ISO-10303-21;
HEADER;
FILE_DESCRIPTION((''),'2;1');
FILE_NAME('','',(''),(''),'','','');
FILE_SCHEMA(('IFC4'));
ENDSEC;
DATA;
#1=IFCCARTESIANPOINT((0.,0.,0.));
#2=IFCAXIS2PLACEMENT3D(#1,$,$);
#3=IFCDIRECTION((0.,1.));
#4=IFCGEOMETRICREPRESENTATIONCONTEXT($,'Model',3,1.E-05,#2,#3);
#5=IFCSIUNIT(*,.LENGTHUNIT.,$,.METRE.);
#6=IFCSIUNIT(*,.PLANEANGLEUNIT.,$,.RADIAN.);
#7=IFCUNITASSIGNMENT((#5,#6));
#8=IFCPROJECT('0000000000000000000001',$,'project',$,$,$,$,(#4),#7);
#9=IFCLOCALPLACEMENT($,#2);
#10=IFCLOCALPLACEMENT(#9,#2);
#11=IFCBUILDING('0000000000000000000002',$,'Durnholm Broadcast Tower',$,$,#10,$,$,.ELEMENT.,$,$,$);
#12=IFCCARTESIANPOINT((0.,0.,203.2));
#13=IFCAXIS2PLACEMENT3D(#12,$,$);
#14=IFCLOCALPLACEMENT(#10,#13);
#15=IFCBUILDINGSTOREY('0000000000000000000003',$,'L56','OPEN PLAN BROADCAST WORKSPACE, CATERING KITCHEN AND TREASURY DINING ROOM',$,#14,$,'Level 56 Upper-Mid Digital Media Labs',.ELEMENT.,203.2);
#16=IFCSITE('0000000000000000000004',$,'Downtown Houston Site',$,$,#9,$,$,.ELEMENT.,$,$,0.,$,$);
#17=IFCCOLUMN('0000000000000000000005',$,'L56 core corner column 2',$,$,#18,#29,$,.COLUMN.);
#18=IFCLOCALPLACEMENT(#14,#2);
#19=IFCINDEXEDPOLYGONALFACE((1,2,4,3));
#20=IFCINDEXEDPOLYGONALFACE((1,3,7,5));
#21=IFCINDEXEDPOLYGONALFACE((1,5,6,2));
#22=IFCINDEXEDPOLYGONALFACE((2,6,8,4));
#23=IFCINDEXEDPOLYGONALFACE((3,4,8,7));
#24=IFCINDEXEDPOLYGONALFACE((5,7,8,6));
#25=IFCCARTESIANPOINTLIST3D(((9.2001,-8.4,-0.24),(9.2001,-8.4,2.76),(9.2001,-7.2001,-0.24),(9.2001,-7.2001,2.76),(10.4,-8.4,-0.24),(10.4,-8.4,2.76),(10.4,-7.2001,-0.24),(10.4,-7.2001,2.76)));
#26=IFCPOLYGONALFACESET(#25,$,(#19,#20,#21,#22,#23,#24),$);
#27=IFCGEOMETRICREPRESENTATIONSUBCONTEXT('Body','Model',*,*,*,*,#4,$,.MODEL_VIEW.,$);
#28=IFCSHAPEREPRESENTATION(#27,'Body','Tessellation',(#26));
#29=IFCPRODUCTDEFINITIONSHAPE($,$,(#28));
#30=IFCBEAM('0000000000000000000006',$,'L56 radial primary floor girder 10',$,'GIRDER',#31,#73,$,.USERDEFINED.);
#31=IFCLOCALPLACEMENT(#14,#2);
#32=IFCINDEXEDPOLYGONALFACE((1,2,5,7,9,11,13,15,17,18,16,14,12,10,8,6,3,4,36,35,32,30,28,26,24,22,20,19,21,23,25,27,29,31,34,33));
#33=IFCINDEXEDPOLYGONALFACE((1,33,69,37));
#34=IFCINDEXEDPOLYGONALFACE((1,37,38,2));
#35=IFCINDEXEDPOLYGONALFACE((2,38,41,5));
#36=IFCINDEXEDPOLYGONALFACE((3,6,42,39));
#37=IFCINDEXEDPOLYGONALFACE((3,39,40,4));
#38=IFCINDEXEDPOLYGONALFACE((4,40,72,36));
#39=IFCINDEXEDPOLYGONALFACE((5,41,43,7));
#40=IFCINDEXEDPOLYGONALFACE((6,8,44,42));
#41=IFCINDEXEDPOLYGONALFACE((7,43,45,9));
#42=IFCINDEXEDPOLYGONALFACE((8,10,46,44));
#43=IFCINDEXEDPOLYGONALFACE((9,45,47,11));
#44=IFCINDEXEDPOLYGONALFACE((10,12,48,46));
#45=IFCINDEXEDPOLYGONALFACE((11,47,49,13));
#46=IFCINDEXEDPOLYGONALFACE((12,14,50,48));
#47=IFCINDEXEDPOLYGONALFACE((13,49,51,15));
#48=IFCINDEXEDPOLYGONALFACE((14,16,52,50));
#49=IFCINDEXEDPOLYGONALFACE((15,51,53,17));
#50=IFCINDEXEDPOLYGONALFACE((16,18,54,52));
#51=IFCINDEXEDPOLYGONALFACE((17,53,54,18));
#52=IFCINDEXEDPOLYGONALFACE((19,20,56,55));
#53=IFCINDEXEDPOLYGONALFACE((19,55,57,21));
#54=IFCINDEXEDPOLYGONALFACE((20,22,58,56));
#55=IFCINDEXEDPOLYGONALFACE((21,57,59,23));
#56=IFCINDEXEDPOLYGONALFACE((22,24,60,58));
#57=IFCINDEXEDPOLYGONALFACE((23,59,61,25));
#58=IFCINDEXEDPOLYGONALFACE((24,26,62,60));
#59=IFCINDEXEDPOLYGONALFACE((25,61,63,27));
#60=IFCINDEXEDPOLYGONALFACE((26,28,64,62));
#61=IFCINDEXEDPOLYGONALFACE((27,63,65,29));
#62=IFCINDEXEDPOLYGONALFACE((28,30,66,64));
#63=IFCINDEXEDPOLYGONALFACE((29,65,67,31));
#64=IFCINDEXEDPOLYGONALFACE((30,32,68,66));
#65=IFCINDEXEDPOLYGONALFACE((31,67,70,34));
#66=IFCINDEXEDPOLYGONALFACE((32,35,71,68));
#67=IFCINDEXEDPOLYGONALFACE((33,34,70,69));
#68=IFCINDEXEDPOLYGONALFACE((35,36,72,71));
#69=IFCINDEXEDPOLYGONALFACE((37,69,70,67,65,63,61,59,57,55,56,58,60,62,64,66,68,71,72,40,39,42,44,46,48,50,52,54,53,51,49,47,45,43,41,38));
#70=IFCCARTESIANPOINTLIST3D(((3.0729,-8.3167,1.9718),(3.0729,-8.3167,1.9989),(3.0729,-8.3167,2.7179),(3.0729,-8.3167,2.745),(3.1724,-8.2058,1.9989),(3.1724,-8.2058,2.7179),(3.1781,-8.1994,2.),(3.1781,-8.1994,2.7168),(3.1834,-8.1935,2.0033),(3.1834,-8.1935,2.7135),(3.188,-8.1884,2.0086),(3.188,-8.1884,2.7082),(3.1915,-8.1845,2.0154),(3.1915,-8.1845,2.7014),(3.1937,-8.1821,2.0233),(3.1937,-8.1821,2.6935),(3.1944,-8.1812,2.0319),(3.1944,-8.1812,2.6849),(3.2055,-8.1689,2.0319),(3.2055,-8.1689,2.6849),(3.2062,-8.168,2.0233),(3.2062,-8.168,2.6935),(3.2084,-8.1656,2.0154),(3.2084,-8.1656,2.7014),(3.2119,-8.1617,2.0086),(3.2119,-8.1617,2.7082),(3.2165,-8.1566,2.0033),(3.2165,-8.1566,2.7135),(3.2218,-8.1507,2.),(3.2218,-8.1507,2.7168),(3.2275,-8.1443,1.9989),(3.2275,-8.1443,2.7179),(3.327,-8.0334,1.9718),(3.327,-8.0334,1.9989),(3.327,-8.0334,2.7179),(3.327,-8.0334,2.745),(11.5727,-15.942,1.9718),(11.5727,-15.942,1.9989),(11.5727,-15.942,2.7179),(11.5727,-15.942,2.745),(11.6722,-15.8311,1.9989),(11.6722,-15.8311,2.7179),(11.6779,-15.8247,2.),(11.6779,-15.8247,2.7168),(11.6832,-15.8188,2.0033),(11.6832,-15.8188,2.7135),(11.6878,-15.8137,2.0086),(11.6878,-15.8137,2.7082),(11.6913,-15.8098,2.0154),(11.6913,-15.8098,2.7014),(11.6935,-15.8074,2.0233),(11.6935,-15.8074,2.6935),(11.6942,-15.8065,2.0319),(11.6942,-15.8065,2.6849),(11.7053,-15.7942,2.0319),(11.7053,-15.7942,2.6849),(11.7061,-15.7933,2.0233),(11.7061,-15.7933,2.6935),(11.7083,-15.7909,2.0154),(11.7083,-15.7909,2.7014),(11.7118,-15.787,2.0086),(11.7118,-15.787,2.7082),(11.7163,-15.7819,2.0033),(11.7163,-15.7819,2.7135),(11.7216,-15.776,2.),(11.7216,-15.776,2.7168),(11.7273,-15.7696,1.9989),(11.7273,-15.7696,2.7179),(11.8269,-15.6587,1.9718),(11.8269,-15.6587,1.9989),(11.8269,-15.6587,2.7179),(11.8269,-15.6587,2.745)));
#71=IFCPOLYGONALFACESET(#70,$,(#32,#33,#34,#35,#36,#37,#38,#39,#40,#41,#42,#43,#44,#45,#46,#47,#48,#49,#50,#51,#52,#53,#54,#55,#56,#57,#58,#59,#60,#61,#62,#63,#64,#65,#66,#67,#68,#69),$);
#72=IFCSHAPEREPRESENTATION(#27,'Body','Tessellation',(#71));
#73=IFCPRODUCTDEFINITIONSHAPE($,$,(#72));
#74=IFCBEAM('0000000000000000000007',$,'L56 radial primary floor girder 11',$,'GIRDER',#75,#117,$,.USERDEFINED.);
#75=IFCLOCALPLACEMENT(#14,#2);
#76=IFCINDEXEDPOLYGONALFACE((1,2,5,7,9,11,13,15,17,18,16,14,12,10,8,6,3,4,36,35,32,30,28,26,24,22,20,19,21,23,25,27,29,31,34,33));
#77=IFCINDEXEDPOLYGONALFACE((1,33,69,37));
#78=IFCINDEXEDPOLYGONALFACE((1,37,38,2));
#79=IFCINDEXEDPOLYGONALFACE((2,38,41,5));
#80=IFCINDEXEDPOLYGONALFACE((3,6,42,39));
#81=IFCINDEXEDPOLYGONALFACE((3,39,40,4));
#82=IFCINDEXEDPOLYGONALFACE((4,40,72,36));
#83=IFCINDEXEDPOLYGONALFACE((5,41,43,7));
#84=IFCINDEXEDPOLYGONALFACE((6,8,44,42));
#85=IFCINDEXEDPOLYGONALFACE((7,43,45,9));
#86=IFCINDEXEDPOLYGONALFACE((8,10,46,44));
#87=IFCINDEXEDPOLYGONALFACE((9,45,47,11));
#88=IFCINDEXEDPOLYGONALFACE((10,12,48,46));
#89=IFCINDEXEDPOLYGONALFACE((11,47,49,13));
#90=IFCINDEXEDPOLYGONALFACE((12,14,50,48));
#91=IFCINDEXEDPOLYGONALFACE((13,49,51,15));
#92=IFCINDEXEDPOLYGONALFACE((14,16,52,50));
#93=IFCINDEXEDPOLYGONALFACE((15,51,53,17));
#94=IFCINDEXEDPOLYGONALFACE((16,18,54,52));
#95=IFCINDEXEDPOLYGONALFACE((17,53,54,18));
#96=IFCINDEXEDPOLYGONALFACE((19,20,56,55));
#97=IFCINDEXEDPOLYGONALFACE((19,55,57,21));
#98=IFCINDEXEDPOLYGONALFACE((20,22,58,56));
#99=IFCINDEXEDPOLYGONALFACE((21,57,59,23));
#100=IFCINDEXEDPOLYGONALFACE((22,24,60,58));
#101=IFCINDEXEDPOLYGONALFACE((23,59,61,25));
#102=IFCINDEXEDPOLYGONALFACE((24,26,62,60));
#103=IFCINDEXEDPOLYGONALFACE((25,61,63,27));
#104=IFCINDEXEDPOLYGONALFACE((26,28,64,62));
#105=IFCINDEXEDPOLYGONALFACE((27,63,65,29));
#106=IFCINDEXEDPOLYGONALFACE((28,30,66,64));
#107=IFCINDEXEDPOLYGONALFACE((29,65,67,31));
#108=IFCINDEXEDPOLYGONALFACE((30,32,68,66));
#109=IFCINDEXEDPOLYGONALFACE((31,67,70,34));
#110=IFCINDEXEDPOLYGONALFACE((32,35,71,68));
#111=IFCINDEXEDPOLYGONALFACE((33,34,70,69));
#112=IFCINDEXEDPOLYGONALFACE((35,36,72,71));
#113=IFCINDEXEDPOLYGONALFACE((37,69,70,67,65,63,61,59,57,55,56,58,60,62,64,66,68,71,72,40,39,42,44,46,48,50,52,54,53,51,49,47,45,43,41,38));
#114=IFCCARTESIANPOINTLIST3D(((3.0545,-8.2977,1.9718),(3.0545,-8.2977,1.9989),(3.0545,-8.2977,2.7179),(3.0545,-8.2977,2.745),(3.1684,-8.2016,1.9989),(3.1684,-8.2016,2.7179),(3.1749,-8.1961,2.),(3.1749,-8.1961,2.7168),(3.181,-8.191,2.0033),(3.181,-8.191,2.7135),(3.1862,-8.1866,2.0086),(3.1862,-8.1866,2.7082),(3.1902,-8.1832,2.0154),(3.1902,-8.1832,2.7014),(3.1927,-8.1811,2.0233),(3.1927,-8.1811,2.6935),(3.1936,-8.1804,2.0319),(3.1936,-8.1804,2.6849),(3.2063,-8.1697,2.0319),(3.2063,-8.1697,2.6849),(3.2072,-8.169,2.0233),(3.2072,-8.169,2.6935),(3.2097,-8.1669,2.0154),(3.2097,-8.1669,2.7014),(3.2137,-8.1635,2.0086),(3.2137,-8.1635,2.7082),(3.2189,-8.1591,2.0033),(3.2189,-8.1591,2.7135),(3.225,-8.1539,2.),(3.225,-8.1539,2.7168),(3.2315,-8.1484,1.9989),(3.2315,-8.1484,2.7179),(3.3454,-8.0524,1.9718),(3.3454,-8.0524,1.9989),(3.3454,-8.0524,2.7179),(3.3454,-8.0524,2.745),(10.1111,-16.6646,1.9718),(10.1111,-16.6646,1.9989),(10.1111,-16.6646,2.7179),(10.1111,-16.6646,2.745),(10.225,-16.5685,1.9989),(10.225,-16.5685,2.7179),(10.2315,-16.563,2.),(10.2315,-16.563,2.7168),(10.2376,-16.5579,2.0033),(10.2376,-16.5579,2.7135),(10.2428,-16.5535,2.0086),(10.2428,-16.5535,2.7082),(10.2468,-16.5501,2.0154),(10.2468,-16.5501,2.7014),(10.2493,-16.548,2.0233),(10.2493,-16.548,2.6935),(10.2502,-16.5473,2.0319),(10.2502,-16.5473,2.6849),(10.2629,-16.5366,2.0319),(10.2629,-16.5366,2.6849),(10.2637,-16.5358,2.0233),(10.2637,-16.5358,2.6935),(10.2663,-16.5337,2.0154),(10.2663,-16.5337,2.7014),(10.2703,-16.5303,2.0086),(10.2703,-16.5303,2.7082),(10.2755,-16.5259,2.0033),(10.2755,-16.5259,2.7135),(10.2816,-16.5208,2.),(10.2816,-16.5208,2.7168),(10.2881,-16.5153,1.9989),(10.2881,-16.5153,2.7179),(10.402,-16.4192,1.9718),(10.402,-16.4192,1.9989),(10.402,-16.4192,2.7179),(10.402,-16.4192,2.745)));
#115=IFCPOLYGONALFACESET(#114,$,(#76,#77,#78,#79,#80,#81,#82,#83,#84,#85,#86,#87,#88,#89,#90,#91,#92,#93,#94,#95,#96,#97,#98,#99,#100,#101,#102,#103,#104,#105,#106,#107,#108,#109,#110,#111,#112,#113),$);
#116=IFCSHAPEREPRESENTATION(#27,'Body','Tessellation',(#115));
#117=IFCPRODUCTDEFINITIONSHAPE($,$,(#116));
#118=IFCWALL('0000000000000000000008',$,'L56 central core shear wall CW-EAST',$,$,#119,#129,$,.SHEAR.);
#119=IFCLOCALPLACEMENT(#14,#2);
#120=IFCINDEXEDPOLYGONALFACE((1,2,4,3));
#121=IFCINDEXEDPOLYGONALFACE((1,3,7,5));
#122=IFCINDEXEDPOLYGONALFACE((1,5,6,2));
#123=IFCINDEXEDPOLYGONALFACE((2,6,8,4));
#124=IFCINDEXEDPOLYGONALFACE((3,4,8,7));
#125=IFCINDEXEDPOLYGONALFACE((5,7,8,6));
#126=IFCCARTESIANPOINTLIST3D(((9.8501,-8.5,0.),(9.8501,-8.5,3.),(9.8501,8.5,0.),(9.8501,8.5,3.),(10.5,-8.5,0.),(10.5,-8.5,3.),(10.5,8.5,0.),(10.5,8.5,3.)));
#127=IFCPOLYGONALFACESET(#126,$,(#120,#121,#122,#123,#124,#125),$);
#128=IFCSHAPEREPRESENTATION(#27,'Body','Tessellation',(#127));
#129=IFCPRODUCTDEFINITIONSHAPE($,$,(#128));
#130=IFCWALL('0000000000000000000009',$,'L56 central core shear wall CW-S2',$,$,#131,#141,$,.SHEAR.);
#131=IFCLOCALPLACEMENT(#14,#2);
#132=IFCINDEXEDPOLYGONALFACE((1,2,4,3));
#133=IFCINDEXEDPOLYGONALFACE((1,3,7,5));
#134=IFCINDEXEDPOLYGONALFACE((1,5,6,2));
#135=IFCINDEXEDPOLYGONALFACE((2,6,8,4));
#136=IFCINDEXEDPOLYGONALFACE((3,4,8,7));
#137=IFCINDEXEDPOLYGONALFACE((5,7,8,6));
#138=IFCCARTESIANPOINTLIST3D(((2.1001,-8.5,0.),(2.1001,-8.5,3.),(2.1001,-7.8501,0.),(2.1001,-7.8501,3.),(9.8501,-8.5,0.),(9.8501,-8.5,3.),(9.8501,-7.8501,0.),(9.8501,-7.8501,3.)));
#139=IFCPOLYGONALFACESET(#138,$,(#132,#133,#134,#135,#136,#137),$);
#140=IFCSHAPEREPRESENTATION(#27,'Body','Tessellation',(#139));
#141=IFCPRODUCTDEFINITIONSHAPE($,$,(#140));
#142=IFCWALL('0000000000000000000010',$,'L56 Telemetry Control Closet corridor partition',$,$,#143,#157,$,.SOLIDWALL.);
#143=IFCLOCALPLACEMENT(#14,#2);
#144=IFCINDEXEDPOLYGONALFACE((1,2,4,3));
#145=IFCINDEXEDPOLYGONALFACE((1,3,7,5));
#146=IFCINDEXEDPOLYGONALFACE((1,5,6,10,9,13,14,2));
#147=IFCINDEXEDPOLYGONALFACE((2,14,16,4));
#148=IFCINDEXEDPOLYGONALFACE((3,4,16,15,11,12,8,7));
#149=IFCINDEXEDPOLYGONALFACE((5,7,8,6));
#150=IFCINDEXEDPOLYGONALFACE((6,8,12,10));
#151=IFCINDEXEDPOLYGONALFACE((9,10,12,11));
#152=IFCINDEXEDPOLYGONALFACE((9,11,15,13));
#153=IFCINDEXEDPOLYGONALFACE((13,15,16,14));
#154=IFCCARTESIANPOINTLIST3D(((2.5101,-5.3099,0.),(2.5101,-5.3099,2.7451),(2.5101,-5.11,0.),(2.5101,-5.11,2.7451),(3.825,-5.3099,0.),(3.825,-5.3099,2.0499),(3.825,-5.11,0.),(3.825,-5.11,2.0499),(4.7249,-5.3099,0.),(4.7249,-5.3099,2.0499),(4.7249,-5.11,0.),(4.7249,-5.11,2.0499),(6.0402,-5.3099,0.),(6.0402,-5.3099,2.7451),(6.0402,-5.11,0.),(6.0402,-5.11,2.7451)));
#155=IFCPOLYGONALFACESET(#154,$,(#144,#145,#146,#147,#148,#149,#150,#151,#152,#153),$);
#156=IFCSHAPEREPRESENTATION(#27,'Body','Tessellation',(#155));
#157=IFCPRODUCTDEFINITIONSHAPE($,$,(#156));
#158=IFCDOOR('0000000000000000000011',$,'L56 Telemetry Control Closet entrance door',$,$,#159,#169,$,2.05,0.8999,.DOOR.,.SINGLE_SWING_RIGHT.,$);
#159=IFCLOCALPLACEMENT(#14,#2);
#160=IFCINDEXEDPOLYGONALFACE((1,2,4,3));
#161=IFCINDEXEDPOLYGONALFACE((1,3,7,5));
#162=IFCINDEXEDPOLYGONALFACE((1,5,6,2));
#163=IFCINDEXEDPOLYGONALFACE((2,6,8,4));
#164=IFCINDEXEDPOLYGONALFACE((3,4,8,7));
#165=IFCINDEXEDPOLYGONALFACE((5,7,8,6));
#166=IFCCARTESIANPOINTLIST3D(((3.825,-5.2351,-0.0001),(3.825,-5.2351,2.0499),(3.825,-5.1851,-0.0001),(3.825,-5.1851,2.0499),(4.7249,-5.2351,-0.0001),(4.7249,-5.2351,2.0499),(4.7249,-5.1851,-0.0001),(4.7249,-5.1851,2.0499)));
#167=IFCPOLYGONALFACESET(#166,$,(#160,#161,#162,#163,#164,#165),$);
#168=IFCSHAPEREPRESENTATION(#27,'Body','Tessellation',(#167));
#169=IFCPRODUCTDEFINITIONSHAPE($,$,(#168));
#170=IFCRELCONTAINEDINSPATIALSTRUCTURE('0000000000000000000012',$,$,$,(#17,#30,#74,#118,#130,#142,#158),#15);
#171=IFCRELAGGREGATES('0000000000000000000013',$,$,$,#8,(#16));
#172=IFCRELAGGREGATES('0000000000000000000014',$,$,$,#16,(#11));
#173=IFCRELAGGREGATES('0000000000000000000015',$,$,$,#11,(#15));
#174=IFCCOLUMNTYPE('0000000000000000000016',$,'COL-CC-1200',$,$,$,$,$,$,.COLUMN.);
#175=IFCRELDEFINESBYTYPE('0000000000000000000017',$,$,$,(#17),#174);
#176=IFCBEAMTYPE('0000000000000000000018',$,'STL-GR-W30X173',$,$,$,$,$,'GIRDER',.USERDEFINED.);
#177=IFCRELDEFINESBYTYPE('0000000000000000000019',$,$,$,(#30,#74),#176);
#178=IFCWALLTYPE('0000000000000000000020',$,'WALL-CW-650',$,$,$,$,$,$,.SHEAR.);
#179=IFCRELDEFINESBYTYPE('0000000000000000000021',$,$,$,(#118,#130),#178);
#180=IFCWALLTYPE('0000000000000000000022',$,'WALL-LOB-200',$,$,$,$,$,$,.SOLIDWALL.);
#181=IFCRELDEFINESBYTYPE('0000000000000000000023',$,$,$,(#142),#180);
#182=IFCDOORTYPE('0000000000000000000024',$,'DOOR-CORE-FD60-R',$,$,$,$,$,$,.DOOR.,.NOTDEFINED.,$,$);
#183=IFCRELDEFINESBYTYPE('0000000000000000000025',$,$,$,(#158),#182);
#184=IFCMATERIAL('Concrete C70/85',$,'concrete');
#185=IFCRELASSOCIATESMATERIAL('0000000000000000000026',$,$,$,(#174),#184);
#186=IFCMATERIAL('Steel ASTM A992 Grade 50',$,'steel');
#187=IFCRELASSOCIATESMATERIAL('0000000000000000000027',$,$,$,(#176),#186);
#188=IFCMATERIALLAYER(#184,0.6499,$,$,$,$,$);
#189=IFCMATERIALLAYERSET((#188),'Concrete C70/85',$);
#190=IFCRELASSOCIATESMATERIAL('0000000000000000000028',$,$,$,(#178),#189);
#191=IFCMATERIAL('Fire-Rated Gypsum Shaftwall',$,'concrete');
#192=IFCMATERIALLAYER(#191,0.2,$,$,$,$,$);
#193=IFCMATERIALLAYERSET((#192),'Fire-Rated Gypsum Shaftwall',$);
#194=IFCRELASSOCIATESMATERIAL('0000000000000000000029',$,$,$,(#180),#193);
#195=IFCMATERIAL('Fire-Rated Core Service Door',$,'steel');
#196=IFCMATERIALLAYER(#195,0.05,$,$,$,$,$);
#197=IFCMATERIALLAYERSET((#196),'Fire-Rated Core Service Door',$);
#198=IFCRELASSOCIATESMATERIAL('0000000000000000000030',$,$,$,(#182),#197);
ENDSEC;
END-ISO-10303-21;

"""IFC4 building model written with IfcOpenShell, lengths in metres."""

from ifc_helpers import new_model, si_unit, direction, frame, frame_2d, origin, origin_2d, place, context, subcontext, project, spatial, rectangle, i_section, extrude, source, transform, mapped, material, layer, layer_set, material_profile, profile_set, type_object, type_shapes, element, fill, save


model = new_model("IFC4")

# Units and contexts
model_context = context("Model", 3, precision=1e-05, world=origin(), true_north=direction((0.0, 1.0)))
body_context = subcontext(model_context, "Body", "Model", "MODEL_VIEW")
ifc_project = project(units=[si_unit("LENGTHUNIT", "METRE"), si_unit("PLANEANGLEUNIT", "RADIAN")], contexts=[model_context])

# Site, building, storey
site_placement = place(None, origin())
site = spatial("IfcSite", under=ifc_project, at=site_placement, Name="Downtown Houston Site", CompositionType="ELEMENT", RefElevation=0.0)
building_placement = place(site_placement, origin())
building = spatial("IfcBuilding", under=site, at=building_placement, Name="Durnholm Broadcast Tower", CompositionType="ELEMENT")
storey_placement = place(building_placement, frame((0.0, 0.0, 203.2)))
storey = spatial("IfcBuildingStorey", under=building, at=storey_placement, Name="L56", Description="OPEN PLAN BROADCAST WORKSPACE, CATERING KITCHEN AND TREASURY DINING ROOM", LongName="Level 56 Upper-Mid Digital Media Labs", CompositionType="ELEMENT", Elevation=203.2)

# Column
ifc_material_1 = material(Name="Concrete C70/85", Category="concrete")
ifc_material_profile_1 = material_profile(ifc_material_1, rectangle(XDim=1.2, YDim=1.2, at=origin_2d()), Name="RC1200X1200")
ifc_profile_set_1 = profile_set([ifc_material_profile_1], Name="Concrete C70/85")
column_type = type_object("IfcColumnType", Name="COL-CC-1200", PredefinedType="COLUMN", material=ifc_profile_set_1)
shared_shape_1 = source(origin(), body_context, "Body", "SweptSolid", [
    extrude(rectangle(XDim=1.2, YDim=1.2, at=origin_2d()), origin(), (0.0, 0.0, 1.0), 3.0),
])
type_shapes(column_type, [shared_shape_1])
column_placement = place(storey_placement, frame((9.8, -7.8, -0.24), z_axis=(0.0, 0.0, 1.0), x_axis=(1.0, 0.0, 0.0)))
element("IfcColumn", 1, at=column_placement, inside=storey, type_object=column_type, Name="L56 core corner column 2", PredefinedType="COLUMN", context=body_context, shape_type="MappedRepresentation", body=[
    mapped(shared_shape_1, transform((0.0, 0.0, 0.0), x_axis=(1.0, 0.0, 0.0), y_axis=(0.0, 1.0, 0.0), z_axis=(0.0, 0.0, 1.0), scale=1.0)),
])

# Beams
ifc_material_2 = material(Name="Steel ASTM A992 Grade 50", Category="steel")
ifc_material_profile_2 = material_profile(ifc_material_2, i_section(OverallWidth=0.3806, OverallDepth=0.7732, WebThickness=0.0166, FlangeThickness=0.0271, FilletRadius=0.033, at=origin_2d()), Name="W30X173")
ifc_profile_set_2 = profile_set([ifc_material_profile_2], Name="Steel ASTM A992 Grade 50")
beam_type = type_object("IfcBeamType", Name="STL-GR-W30X173", ElementType="GIRDER", PredefinedType="USERDEFINED", material=ifc_profile_set_2)
shared_shape_2 = source(origin(), body_context, "Body", "SweptSolid", [
    extrude(i_section(OverallWidth=0.3806, OverallDepth=0.7732, WebThickness=0.0166, FlangeThickness=0.0271, FilletRadius=0.033, at=origin_2d()), origin(), (0.0, 0.0, 1.0), 11.4189),
])
beam_1_placement = place(storey_placement, frame((3.2, -8.175, 2.3584), z_axis=(0.744362, -0.667777, 0.0), x_axis=(0.667777, 0.744362, 0.0)))
element("IfcBeam", 2, at=beam_1_placement, inside=storey, type_object=beam_type, Name="L56 radial primary floor girder 10", ObjectType="GIRDER", PredefinedType="USERDEFINED", context=body_context, shape_type="MappedRepresentation", body=[
    mapped(shared_shape_2, transform((0.0, 0.0, 0.0), x_axis=(1.0, 0.0, 0.0), y_axis=(0.0, 1.0, 0.0), z_axis=(0.0, 0.0, 1.0), scale=1.0)),
])
shared_shape_3 = source(origin(), body_context, "Body", "SweptSolid", [
    extrude(i_section(OverallWidth=0.3806, OverallDepth=0.7732, WebThickness=0.0166, FlangeThickness=0.0271, FilletRadius=0.033, at=origin_2d()), origin(), (0.0, 0.0, 1.0), 10.9453),
])
type_shapes(beam_type, [shared_shape_2, shared_shape_3])
beam_2_placement = place(storey_placement, frame((3.2, -8.175, 2.3584), z_axis=(0.644713, -0.764425, 0.0), x_axis=(0.764425, 0.644713, 0.0)))
element("IfcBeam", 3, at=beam_2_placement, inside=storey, type_object=beam_type, Name="L56 radial primary floor girder 11", ObjectType="GIRDER", PredefinedType="USERDEFINED", context=body_context, shape_type="MappedRepresentation", body=[
    mapped(shared_shape_3, transform((0.0, 0.0, 0.0), x_axis=(1.0, 0.0, 0.0), y_axis=(0.0, 1.0, 0.0), z_axis=(0.0, 0.0, 1.0), scale=1.0)),
])

# Walls
ifc_layer_1 = layer(ifc_material_1, 0.6499)
ifc_layer_set_1 = layer_set([ifc_layer_1], Name="Concrete C70/85")
wall_type_1 = type_object("IfcWallType", Name="WALL-CW-650", PredefinedType="SHEAR", material=ifc_layer_set_1)
wall_1_placement = place(storey_placement, frame((10.175, -8.5, 0.0), z_axis=(0.0, 0.0, 1.0), x_axis=(0.0, 1.0, 0.0)))
element("IfcWall", 4, at=wall_1_placement, inside=storey, type_object=wall_type_1, Name="L56 central core shear wall CW-EAST", PredefinedType="SHEAR", context=body_context, shape_type="SweptSolid", body=[
    extrude(rectangle(XDim=17.0, YDim=0.6499, at=frame_2d((8.5, 0.0))), origin(), (0.0, 0.0, 1.0), 3.0),
])
wall_2_placement = place(storey_placement, frame((2.1001, -8.175, 0.0), z_axis=(0.0, 0.0, 1.0), x_axis=(1.0, 0.0, 0.0)))
element("IfcWall", 5, at=wall_2_placement, inside=storey, type_object=wall_type_1, Name="L56 central core shear wall CW-S2", PredefinedType="SHEAR", context=body_context, shape_type="SweptSolid", body=[
    extrude(rectangle(XDim=7.75, YDim=0.6499, at=frame_2d((3.875, 0.0))), origin(), (0.0, 0.0, 1.0), 3.0),
])

# Wall, opening, door
ifc_material_3 = material(Name="Fire-Rated Gypsum Shaftwall", Category="concrete")
ifc_layer_2 = layer(ifc_material_3, 0.2)
ifc_layer_set_2 = layer_set([ifc_layer_2], Name="Fire-Rated Gypsum Shaftwall")
wall_type_2 = type_object("IfcWallType", Name="WALL-LOB-200", PredefinedType="SOLIDWALL", material=ifc_layer_set_2)
wall_3_placement = place(storey_placement, frame((2.51, -5.21, 0.0), z_axis=(0.0, 0.0, 1.0), x_axis=(1.0, 0.0, 0.0)))
wall_3 = element("IfcWall", 6, at=wall_3_placement, inside=storey, type_object=wall_type_2, Name="L56 Telemetry Control Closet corridor partition", PredefinedType="SOLIDWALL", context=body_context, shape_type="SweptSolid", body=[
    extrude(rectangle(XDim=3.53, YDim=0.2, at=frame_2d((1.7651, 0.0))), origin(), (0.0, 0.0, 1.0), 2.7451),
])
opening_1_placement = place(wall_3_placement, frame((1.3149, 0.0, 0.0)))
opening_1 = element("IfcOpeningElement", 7, at=opening_1_placement, cuts=wall_3, PredefinedType="OPENING", context=body_context, shape_type="SweptSolid", body=[
    extrude(rectangle(XDim=0.8999, YDim=2.05, at=frame_2d((0.45, 1.0249))), frame((0.0, 0.1099, 0.0), z_axis=(0.0, -1.0, 0.0), x_axis=(1.0, 0.0, 0.0)), (0.0, 0.0, 1.0), 0.22),
])
ifc_material_4 = material(Name="Fire-Rated Core Service Door", Category="steel")
ifc_layer_3 = layer(ifc_material_4, 0.05)
ifc_layer_set_3 = layer_set([ifc_layer_3], Name="Fire-Rated Core Service Door")
door_type = type_object("IfcDoorType", Name="DOOR-CORE-FD60-R", OperationType="NOTDEFINED", PredefinedType="DOOR", material=ifc_layer_set_3)
shared_shape_4 = source(origin(), body_context, "Body", "SweptSolid", [
    extrude(rectangle(XDim=0.8999, YDim=2.05, at=frame_2d((0.45, 1.0249))), frame((0.0, 0.0249, 0.0), z_axis=(0.0, -1.0, 0.0), x_axis=(1.0, 0.0, 0.0)), (0.0, 0.0, 1.0), 0.05),
])
type_shapes(door_type, [shared_shape_4])
door_1_placement = place(opening_1_placement, origin())
door_1 = element("IfcDoor", 8, at=door_1_placement, inside=storey, type_object=door_type, Name="L56 Telemetry Control Closet entrance door", OperationType="SINGLE_SWING_RIGHT", OverallHeight=2.05, OverallWidth=0.8999, PredefinedType="DOOR", context=body_context, shape_type="MappedRepresentation", body=[
    mapped(shared_shape_4, transform((0.0, 0.0, 0.0), x_axis=(1.0, 0.0, 0.0), y_axis=(0.0, 1.0, 0.0), z_axis=(0.0, 0.0, 1.0), scale=1.0)),
])
fill(opening_1, door_1)

save(model, "model.ifc")
